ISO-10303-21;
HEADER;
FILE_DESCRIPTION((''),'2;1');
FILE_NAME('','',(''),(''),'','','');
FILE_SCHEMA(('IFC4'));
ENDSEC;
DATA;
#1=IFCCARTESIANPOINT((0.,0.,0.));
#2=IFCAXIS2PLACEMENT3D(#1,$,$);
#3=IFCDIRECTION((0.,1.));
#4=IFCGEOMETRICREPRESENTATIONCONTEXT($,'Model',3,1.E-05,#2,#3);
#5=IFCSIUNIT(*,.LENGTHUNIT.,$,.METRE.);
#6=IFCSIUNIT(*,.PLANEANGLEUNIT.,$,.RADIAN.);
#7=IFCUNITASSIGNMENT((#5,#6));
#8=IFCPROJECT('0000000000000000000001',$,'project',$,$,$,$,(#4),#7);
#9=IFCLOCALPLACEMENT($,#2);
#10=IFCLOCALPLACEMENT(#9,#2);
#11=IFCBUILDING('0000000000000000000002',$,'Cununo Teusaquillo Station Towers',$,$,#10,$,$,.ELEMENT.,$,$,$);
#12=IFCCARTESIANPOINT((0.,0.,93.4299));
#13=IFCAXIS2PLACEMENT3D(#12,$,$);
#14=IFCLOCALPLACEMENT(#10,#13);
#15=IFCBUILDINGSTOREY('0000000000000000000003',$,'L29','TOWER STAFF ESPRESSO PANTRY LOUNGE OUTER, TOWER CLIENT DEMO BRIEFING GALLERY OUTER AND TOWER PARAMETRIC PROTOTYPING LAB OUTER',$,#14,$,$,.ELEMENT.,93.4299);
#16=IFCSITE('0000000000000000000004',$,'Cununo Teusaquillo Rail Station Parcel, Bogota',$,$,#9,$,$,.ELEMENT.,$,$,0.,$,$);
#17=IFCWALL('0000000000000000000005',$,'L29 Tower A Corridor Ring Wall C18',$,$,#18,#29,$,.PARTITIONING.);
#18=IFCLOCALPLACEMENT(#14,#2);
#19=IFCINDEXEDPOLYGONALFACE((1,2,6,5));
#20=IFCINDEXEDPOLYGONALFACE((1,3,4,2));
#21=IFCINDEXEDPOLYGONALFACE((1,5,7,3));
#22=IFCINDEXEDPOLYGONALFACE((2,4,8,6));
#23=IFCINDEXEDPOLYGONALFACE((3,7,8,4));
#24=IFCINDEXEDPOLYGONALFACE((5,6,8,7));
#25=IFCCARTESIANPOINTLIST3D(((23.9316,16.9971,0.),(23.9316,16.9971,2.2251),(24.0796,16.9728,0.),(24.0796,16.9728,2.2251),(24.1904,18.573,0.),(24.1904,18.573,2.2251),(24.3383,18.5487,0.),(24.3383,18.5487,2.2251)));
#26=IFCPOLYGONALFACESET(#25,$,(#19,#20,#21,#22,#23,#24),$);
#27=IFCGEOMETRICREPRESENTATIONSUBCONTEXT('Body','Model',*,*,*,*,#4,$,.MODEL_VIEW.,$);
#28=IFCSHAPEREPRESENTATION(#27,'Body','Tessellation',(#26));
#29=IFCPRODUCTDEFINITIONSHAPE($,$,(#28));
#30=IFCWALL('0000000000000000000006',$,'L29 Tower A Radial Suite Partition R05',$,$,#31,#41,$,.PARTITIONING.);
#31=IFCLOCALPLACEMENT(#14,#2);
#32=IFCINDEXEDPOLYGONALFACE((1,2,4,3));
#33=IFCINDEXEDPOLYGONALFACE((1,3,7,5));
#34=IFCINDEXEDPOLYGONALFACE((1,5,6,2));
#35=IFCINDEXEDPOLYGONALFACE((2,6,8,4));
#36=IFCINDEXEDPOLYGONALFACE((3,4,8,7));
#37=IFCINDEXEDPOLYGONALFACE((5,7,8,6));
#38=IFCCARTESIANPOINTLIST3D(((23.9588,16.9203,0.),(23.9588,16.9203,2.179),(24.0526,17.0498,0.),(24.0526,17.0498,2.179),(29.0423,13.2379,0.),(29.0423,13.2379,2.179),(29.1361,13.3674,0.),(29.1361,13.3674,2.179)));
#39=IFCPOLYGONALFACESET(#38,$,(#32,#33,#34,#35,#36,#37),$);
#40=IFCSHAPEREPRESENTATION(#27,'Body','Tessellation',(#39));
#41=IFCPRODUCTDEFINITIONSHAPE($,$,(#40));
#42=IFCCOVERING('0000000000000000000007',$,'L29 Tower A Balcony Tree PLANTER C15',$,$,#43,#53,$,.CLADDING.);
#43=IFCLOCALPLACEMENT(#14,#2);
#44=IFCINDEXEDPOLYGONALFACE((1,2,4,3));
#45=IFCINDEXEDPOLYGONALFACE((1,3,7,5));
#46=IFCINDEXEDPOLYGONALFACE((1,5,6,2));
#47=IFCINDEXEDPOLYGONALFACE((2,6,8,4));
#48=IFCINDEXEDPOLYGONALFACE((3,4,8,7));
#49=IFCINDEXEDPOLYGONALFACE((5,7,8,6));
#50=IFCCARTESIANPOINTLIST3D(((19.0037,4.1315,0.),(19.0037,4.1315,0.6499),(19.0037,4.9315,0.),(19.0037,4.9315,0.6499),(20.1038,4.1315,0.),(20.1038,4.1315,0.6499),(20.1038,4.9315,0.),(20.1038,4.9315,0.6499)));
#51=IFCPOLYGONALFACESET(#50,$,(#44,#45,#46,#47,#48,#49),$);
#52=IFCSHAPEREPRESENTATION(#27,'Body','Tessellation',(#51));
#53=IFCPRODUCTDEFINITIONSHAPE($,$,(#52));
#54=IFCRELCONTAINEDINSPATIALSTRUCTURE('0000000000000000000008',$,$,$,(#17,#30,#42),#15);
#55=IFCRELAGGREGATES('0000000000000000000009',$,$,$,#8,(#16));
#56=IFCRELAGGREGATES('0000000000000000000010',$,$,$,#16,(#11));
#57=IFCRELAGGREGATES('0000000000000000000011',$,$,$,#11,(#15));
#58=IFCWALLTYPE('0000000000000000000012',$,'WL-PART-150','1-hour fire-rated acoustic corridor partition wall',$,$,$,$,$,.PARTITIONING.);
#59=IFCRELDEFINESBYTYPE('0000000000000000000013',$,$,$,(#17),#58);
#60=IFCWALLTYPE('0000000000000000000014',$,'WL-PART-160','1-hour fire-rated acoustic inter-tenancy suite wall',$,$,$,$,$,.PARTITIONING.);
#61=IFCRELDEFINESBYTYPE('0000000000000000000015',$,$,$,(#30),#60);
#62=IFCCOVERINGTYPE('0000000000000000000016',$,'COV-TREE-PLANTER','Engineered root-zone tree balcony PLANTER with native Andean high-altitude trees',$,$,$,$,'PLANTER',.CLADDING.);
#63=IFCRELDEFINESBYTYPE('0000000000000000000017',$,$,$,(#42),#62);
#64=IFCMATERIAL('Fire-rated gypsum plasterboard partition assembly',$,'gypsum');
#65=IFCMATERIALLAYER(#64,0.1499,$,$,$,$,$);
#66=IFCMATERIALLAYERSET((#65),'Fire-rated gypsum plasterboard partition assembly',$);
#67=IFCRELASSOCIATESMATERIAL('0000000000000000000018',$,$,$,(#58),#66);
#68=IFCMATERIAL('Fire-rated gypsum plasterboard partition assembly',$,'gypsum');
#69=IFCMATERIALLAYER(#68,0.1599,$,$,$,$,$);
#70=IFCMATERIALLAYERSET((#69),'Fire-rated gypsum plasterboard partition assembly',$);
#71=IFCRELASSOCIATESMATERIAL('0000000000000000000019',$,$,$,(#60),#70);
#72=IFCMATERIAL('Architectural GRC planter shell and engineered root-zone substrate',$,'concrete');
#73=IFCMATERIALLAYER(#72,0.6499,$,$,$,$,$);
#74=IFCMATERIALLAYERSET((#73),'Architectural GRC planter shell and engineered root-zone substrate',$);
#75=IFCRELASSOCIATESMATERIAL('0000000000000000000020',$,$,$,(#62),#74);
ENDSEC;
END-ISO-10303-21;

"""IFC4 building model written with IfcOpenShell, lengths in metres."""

from ifc_helpers import new_model, si_unit, direction, frame, frame_2d, origin, origin_2d, place, context, subcontext, project, spatial, rectangle, extrude, source, transform, mapped, material, layer, layer_set, type_object, element, save


model = new_model("IFC4")

# Units and contexts
model_context = context("Model", 3, precision=1e-05, world=origin(), true_north=direction((0.0, 1.0)))
body_context = subcontext(model_context, "Body", "Model", "MODEL_VIEW")
ifc_project = project(units=[si_unit("LENGTHUNIT", "METRE"), si_unit("PLANEANGLEUNIT", "RADIAN")], contexts=[model_context])

# Site, building, storey
site_placement = place(None, origin())
site = spatial("IfcSite", under=ifc_project, at=site_placement, Name="Cununo Teusaquillo Rail Station Parcel, Bogota", CompositionType="ELEMENT", RefElevation=0.0)
building_placement = place(site_placement, origin())
building = spatial("IfcBuilding", under=site, at=building_placement, Name="Cununo Teusaquillo Station Towers", CompositionType="ELEMENT")
storey_placement = place(building_placement, frame((0.0, 0.0, 93.4299)))
storey = spatial("IfcBuildingStorey", under=building, at=storey_placement, Name="L29", Description="TOWER STAFF ESPRESSO PANTRY LOUNGE OUTER, TOWER CLIENT DEMO BRIEFING GALLERY OUTER AND TOWER PARAMETRIC PROTOTYPING LAB OUTER", CompositionType="ELEMENT", Elevation=93.4299)

# Shared definitions
ifc_material_1 = material(Name="Fire-rated gypsum plasterboard partition assembly", Category="gypsum")
ifc_layer_1 = layer(ifc_material_1, 0.1499)
ifc_layer_set_1 = layer_set([ifc_layer_1], Name="Fire-rated gypsum plasterboard partition assembly")
wall_type_1 = type_object("IfcWallType", Name="WL-PART-150", Description="1-hour fire-rated acoustic corridor partition wall", PredefinedType="PARTITIONING", material=ifc_layer_set_1)

# Walls
wall_1_placement = place(storey_placement, frame((24.0056, 16.9851, 0.0), z_axis=(0.0, 0.0, 1.0), x_axis=(0.162043, 0.986784, 0.0)))
element("IfcWall", 1, at=wall_1_placement, inside=storey, type_object=wall_type_1, Name="L29 Tower A Corridor Ring Wall C18", PredefinedType="PARTITIONING", context=body_context, shape_type="SweptSolid", body=[
    extrude(rectangle(XDim=1.5969, YDim=0.1499, at=frame_2d((0.7983, 0.0))), origin(), (0.0, 0.0, 1.0), 2.2251),
])
ifc_material_2 = material(Name="Fire-rated gypsum plasterboard partition assembly", Category="gypsum")
ifc_layer_2 = layer(ifc_material_2, 0.1599)
ifc_layer_set_2 = layer_set([ifc_layer_2], Name="Fire-rated gypsum plasterboard partition assembly")
wall_type_2 = type_object("IfcWallType", Name="WL-PART-160", Description="1-hour fire-rated acoustic inter-tenancy suite wall", PredefinedType="PARTITIONING", material=ifc_layer_set_2)
wall_2_placement = place(storey_placement, frame((24.0056, 16.9851, 0.0), z_axis=(0.0, 0.0, 1.0), x_axis=(0.80985, -0.586637, 0.0)))
element("IfcWall", 2, at=wall_2_placement, inside=storey, type_object=wall_type_2, Name="L29 Tower A Radial Suite Partition R05", PredefinedType="PARTITIONING", context=body_context, shape_type="SweptSolid", body=[
    extrude(rectangle(XDim=6.2771, YDim=0.1599, at=frame_2d((3.1387, 0.0))), origin(), (0.0, 0.0, 1.0), 2.179),
])

# Covering
ifc_material_3 = material(Name="Architectural GRC planter shell and engineered root-zone substrate", Category="concrete")
ifc_layer_3 = layer(ifc_material_3, 0.6499)
ifc_layer_set_3 = layer_set([ifc_layer_3], Name="Architectural GRC planter shell and engineered root-zone substrate")
covering_type = type_object("IfcCoveringType", Name="COV-TREE-PLANTER", Description="Engineered root-zone tree balcony PLANTER with native Andean high-altitude trees", ElementType="PLANTER", PredefinedType="CLADDING", material=ifc_layer_set_3)
shared_shape_1 = source(origin(), body_context, "Body", "SweptSolid", [
    extrude(rectangle(XDim=1.1001, YDim=0.8, at=origin_2d()), origin(), (0.0, 0.0, 1.0), 0.6499),
])
covering_placement = place(storey_placement, frame((19.5537, 4.5315, 0.0), z_axis=(0.0, 0.0, 1.0), x_axis=(1.0, 0.0, 0.0)))
element("IfcCovering", 3, at=covering_placement, inside=storey, type_object=covering_type, Name="L29 Tower A Balcony Tree PLANTER C15", PredefinedType="CLADDING", context=body_context, shape_type="MappedRepresentation", body=[
    mapped(shared_shape_1, transform((0.0, 0.0, 0.0), x_axis=(1.0, 0.0, 0.0), y_axis=(0.0, 1.0, 0.0), z_axis=(0.0, 0.0, 1.0), scale=1.0)),
])

save(model, "model.ifc")
